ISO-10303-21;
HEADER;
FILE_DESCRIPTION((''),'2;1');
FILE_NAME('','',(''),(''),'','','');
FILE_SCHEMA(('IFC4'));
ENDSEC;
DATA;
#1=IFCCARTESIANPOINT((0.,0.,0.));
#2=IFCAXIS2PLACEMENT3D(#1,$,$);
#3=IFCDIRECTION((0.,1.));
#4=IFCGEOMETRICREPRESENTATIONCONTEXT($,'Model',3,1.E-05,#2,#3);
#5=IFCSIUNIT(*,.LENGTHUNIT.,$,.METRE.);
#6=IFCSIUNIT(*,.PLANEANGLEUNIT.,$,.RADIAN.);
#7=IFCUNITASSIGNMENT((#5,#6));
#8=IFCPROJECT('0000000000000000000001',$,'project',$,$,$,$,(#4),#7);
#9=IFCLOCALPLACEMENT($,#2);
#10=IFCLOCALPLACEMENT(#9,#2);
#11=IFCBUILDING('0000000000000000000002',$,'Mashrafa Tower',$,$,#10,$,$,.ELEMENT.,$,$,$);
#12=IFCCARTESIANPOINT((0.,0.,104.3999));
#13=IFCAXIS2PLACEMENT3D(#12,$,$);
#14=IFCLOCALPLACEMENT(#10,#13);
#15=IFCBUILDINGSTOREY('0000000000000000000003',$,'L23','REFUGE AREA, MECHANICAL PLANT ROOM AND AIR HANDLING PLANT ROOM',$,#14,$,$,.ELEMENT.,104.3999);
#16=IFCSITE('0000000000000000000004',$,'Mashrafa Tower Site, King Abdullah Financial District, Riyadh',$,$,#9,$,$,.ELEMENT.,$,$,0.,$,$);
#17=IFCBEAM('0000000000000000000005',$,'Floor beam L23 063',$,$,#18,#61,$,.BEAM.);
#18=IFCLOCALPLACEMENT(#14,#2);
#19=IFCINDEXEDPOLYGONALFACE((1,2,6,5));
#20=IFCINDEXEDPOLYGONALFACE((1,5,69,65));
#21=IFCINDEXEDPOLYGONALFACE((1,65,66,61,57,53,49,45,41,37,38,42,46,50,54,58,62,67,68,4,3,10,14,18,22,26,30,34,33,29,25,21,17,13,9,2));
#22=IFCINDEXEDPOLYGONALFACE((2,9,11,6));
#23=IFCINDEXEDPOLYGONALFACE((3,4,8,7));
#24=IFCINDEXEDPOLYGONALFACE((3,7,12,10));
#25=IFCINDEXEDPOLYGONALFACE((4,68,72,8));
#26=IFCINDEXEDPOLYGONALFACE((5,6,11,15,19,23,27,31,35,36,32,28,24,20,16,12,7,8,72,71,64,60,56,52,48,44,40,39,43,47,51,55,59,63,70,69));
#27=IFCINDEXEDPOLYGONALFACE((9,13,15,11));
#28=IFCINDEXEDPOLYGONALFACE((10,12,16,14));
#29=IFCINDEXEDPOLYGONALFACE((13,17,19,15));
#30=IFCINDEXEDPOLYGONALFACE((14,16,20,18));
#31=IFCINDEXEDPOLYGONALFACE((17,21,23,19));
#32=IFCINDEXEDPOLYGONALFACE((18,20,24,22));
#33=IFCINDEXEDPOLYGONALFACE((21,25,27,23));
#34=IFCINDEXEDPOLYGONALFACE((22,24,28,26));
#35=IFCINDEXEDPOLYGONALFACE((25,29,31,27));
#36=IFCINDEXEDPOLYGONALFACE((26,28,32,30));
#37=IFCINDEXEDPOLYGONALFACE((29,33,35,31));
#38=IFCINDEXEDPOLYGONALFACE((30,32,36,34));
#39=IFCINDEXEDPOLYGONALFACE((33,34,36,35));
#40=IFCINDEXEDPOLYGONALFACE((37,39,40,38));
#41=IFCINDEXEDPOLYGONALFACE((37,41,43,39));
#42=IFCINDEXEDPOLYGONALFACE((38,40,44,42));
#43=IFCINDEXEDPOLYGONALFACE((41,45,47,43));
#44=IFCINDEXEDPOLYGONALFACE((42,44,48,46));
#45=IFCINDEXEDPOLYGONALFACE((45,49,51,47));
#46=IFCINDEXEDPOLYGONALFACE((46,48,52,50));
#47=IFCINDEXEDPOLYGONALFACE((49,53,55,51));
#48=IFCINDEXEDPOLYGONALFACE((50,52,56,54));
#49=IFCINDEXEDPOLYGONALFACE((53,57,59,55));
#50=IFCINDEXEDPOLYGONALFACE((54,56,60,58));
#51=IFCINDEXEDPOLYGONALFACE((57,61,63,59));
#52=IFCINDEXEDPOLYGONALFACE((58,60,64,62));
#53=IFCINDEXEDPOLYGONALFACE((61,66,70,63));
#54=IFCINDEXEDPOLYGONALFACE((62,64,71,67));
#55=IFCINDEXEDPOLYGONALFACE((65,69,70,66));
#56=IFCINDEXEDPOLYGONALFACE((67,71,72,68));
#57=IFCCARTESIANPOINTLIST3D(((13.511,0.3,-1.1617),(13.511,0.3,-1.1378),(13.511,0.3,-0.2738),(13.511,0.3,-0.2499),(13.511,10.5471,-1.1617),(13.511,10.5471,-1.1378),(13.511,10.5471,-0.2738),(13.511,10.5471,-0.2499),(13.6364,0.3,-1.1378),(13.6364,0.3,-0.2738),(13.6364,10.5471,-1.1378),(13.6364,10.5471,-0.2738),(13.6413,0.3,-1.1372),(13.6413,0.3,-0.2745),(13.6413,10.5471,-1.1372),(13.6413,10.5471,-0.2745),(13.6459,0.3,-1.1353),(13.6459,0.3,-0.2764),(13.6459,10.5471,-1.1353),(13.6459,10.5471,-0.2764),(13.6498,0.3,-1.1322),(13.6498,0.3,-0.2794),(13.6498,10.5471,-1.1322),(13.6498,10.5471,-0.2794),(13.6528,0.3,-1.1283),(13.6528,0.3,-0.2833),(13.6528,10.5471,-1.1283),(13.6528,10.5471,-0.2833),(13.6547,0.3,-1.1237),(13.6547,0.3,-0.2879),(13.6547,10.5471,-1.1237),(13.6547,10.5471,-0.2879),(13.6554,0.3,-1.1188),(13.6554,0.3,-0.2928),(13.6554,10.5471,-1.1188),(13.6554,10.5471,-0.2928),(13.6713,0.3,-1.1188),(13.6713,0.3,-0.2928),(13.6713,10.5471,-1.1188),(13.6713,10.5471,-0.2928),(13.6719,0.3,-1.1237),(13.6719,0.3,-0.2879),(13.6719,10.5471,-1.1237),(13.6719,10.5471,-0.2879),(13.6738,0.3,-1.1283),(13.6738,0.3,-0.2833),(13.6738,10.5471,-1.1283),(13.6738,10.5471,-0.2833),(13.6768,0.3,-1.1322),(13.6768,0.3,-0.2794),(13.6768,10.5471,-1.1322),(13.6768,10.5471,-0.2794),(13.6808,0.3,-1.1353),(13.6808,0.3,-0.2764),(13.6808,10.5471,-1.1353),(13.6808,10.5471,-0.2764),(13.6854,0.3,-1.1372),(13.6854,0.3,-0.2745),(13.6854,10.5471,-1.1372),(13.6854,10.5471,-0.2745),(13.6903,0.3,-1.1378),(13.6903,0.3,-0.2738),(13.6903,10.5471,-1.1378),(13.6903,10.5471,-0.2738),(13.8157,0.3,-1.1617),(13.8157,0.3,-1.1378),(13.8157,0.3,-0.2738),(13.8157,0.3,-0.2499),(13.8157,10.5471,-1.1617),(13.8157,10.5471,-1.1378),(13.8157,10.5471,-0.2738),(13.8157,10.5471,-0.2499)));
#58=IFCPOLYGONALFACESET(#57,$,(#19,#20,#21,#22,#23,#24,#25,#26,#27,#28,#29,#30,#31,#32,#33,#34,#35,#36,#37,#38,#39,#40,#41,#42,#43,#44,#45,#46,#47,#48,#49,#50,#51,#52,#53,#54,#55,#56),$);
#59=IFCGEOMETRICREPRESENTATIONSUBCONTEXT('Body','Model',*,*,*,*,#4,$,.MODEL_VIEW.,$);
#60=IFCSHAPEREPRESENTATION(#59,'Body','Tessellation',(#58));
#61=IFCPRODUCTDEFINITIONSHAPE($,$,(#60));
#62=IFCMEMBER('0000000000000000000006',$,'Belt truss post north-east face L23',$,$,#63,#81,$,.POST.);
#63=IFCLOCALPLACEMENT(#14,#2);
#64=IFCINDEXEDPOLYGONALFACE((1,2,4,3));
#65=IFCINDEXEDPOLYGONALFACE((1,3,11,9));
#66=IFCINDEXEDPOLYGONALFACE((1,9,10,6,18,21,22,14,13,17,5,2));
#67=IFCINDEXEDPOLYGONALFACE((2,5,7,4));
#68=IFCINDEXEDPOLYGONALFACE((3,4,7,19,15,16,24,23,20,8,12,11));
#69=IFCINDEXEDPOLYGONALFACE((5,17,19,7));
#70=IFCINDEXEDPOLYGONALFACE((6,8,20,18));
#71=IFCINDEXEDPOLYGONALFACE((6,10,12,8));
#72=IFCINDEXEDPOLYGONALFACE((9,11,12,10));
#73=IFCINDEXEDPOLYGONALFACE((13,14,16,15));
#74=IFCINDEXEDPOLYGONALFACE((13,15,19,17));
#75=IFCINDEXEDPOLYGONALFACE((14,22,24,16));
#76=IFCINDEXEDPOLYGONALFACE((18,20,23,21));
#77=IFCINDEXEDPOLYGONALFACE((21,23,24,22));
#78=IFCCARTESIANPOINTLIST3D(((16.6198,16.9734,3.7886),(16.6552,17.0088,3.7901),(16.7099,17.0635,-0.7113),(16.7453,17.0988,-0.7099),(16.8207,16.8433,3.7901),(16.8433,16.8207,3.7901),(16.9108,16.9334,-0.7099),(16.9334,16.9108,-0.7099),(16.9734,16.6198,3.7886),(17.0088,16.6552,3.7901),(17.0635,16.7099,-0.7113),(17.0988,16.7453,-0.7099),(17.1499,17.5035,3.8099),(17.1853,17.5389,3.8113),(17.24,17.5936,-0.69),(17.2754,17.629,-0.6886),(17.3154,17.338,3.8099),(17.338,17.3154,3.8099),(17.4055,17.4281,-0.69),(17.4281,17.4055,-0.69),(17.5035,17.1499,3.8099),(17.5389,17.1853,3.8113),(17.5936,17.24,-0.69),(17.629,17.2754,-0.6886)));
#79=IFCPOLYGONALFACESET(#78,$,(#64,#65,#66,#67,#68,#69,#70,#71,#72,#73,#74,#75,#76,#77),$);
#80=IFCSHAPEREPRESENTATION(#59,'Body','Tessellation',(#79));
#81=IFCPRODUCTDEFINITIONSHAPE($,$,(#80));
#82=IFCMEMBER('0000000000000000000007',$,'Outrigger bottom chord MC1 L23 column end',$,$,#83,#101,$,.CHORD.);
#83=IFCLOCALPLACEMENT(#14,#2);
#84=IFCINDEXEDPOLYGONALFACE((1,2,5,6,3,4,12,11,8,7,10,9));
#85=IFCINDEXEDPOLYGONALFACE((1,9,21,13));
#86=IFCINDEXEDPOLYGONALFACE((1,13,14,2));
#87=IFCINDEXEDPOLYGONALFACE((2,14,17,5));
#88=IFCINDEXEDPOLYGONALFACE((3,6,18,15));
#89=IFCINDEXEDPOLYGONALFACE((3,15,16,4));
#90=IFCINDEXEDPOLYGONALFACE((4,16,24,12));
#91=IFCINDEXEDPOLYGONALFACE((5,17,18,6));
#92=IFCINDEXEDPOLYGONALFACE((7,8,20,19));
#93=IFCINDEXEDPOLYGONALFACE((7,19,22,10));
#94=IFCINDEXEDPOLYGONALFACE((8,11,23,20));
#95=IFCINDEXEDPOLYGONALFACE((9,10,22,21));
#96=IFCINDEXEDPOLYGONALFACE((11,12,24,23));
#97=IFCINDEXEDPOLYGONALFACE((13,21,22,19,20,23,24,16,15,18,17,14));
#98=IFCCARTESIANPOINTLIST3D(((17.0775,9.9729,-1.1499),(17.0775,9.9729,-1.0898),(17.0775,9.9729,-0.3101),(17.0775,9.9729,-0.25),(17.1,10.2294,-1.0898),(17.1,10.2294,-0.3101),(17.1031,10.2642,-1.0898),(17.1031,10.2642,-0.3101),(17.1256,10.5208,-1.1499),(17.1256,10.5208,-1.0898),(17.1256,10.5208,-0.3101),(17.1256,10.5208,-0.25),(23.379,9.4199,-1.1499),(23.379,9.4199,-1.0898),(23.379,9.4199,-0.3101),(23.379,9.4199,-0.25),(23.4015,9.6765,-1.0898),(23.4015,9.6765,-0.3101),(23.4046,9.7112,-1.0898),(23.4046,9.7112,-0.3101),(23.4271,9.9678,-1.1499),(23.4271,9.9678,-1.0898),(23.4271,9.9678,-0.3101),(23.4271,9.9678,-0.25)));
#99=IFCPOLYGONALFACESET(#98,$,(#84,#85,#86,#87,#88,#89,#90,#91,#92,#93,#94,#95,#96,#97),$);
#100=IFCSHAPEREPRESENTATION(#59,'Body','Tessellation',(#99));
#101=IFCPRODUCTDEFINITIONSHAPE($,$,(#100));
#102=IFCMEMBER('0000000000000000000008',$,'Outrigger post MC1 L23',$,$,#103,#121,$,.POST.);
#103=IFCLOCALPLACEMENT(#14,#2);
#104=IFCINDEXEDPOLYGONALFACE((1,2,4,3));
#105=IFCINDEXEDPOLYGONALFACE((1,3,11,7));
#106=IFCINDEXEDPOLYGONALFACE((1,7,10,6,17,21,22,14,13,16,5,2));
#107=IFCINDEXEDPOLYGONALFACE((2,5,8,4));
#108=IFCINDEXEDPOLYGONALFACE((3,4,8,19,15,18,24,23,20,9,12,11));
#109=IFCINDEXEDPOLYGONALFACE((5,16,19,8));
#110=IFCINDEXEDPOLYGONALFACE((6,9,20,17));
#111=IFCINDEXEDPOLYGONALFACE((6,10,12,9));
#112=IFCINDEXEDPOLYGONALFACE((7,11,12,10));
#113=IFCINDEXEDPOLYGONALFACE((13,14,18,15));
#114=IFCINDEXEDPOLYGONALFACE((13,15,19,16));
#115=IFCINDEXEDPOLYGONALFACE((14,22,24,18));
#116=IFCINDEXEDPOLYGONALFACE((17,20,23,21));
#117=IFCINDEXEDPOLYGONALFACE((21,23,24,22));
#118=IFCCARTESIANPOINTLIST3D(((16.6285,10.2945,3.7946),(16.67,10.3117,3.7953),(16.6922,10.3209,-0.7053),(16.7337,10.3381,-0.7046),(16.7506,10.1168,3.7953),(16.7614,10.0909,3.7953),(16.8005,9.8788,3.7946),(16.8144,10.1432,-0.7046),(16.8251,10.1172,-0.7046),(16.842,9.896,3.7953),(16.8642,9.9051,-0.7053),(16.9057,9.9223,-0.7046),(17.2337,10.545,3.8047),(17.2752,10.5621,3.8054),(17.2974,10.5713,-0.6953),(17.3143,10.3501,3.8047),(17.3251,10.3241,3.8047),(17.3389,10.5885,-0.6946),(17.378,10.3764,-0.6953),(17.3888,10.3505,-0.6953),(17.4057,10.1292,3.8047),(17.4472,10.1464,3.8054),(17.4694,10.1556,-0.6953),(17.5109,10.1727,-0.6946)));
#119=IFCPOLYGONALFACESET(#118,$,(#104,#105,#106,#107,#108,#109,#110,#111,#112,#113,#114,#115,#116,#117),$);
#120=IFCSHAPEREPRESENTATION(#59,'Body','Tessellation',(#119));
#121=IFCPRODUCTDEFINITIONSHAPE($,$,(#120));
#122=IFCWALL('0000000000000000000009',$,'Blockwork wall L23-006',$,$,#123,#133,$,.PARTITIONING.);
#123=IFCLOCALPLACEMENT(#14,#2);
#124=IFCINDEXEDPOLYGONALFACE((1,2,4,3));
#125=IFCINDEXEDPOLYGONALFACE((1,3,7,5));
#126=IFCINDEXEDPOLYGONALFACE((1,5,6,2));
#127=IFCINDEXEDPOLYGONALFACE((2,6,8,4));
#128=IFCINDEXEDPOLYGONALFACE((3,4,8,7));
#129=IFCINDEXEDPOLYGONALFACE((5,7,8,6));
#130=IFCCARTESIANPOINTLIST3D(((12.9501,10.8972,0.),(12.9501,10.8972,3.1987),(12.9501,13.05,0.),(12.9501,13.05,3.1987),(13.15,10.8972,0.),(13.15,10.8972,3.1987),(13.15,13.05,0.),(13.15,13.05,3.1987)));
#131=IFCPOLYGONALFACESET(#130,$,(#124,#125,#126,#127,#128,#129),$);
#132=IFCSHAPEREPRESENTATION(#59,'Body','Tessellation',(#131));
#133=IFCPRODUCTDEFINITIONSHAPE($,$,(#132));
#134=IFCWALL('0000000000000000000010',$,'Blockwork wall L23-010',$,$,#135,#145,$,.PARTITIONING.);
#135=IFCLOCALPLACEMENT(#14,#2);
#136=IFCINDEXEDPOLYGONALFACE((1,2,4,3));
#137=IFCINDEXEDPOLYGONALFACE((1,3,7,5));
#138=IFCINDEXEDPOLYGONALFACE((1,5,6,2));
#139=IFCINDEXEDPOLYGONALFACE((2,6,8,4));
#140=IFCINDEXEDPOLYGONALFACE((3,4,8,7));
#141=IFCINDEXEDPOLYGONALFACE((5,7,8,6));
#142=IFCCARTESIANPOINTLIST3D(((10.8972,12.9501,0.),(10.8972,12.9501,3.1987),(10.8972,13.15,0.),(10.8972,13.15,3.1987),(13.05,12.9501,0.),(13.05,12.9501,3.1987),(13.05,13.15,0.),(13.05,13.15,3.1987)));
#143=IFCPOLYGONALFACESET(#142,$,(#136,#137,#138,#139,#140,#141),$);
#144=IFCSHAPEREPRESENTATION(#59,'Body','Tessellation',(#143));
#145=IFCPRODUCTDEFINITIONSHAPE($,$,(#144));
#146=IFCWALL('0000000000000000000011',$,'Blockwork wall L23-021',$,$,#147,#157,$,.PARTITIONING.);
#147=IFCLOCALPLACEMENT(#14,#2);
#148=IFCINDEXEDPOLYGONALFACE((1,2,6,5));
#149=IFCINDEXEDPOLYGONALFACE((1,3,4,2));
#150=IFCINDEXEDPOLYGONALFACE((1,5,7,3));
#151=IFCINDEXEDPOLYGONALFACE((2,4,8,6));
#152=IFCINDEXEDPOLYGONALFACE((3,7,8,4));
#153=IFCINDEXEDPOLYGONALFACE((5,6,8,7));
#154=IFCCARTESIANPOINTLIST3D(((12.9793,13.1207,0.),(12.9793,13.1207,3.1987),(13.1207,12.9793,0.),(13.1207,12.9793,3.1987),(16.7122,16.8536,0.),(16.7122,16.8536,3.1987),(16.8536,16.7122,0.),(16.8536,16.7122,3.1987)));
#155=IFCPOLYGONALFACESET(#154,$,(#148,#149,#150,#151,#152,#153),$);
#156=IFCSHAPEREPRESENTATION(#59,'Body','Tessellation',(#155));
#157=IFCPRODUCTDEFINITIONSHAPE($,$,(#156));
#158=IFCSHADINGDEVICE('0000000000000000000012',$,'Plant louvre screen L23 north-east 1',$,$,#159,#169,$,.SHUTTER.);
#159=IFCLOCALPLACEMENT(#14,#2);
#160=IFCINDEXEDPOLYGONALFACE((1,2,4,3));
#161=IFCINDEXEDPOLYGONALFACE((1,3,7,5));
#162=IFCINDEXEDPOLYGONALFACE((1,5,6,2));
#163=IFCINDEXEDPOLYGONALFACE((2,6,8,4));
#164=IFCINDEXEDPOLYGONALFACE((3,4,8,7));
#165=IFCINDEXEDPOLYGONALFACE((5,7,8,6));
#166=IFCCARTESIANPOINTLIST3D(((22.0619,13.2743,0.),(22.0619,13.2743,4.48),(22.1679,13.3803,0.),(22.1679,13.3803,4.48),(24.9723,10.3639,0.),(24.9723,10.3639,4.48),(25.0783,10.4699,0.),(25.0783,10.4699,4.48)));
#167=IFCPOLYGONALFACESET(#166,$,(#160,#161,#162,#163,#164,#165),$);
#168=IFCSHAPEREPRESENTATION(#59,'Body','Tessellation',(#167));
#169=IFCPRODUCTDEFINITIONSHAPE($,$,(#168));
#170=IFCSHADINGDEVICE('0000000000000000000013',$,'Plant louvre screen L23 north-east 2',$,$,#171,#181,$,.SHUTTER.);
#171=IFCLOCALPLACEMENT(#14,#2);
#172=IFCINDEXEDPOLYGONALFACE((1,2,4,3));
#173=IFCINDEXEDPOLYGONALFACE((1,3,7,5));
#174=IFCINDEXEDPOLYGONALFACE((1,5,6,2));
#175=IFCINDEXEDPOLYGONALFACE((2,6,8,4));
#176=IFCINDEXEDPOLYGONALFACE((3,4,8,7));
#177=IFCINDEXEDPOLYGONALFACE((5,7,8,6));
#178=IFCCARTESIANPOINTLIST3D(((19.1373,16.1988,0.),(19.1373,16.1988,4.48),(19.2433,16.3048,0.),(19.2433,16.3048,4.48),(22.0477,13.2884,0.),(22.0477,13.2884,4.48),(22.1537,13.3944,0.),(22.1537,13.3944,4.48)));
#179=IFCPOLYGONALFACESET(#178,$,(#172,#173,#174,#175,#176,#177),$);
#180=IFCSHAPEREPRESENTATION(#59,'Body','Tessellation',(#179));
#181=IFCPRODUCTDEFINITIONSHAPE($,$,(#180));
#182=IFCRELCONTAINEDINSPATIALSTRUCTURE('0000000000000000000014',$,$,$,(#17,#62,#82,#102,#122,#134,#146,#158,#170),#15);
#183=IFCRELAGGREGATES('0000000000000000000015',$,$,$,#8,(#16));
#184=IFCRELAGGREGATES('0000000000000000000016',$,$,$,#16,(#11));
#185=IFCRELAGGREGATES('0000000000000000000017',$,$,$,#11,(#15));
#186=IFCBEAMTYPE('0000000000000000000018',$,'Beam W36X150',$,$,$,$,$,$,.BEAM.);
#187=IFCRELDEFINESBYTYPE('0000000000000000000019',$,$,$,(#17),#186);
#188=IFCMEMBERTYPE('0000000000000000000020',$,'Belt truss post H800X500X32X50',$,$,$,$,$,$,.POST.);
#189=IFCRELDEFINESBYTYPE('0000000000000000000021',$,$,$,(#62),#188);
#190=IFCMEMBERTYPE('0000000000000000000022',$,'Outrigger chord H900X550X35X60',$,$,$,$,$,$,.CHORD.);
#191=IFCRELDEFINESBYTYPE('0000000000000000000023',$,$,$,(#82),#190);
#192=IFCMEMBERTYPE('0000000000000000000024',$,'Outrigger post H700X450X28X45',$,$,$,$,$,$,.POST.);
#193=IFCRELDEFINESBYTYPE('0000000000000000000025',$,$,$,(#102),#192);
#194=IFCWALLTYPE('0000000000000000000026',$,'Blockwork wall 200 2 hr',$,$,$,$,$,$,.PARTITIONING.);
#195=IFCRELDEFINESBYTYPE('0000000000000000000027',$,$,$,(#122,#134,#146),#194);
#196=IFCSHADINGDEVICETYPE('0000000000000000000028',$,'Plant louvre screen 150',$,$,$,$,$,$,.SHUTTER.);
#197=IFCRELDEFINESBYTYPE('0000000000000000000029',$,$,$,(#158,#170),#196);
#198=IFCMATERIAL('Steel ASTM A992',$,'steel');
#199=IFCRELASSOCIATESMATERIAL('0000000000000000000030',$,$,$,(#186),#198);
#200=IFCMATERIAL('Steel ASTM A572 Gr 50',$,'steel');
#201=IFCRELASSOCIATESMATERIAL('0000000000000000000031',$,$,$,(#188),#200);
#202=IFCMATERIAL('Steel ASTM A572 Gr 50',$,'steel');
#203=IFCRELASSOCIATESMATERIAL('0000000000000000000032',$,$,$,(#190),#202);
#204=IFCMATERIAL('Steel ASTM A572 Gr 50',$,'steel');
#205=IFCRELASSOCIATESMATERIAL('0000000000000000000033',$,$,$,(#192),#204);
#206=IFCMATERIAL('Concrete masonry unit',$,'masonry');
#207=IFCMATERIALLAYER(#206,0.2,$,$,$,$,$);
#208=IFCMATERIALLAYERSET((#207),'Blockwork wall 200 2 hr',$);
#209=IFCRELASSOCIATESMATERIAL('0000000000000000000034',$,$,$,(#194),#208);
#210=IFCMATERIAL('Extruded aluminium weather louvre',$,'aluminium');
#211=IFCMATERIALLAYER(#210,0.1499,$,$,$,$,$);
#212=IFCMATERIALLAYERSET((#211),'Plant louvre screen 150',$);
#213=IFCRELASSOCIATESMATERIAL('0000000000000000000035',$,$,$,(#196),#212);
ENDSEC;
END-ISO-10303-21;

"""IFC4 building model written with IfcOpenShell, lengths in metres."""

from ifc_helpers import new_model, si_unit, direction, frame, frame_2d, origin, origin_2d, place, context, subcontext, project, spatial, rectangle, i_section, extrude, source, transform, mapped, material, layer, layer_set, material_profile, profile_set, type_object, type_shapes, element, save


model = new_model("IFC4")

# Units and contexts
model_context = context("Model", 3, precision=1e-05, world=origin(), true_north=direction((0.0, 1.0)))
body_context = subcontext(model_context, "Body", "Model", "MODEL_VIEW")
ifc_project = project(units=[si_unit("LENGTHUNIT", "METRE"), si_unit("PLANEANGLEUNIT", "RADIAN")], contexts=[model_context])

# Site, building, storey
site_placement = place(None, origin())
site = spatial("IfcSite", under=ifc_project, at=site_placement, Name="Mashrafa Tower Site, King Abdullah Financial District, Riyadh", CompositionType="ELEMENT", RefElevation=0.0)
building_placement = place(site_placement, origin())
building = spatial("IfcBuilding", under=site, at=building_placement, Name="Mashrafa Tower", CompositionType="ELEMENT")
storey_placement = place(building_placement, frame((0.0, 0.0, 104.3999)))
storey = spatial("IfcBuildingStorey", under=building, at=storey_placement, Name="L23", Description="REFUGE AREA, MECHANICAL PLANT ROOM AND AIR HANDLING PLANT ROOM", CompositionType="ELEMENT", Elevation=104.3999)

# Beam
ifc_material_1 = material(Name="Steel ASTM A992", Category="steel")
ifc_material_profile_1 = material_profile(ifc_material_1, i_section(OverallWidth=0.3047, OverallDepth=0.9119, WebThickness=0.0159, FlangeThickness=0.0239, FilletRadius=0.019, at=origin_2d()), Name="W36X150")
ifc_profile_set_1 = profile_set([ifc_material_profile_1], Name="Steel ASTM A992")
beam_type_1 = type_object("IfcBeamType", Name="Beam W36X150", PredefinedType="BEAM", material=ifc_profile_set_1)
beam_1_placement = place(storey_placement, frame((13.6633, 10.5471, -0.7058), z_axis=(0.0, -1.0, 0.0), x_axis=(1.0, 0.0, 0.0)))
element("IfcBeam", 1, at=beam_1_placement, inside=storey, type_object=beam_type_1, Name="Floor beam L23 063", PredefinedType="BEAM", context=body_context, shape_type="SweptSolid", body=[
    extrude(i_section(OverallWidth=0.3047, OverallDepth=0.9119, WebThickness=0.0159, FlangeThickness=0.0239, FilletRadius=0.019, at=origin_2d()), origin(), (0.0, 0.0, 1.0), 10.2471),
])

# Members
ifc_material_2 = material(Name="Steel ASTM A572 Gr 50", Category="steel")
ifc_material_profile_2 = material_profile(ifc_material_2, i_section(OverallWidth=0.5, OverallDepth=0.8, WebThickness=0.032, FlangeThickness=0.05, at=origin_2d()), Name="H800X500X32X50")
ifc_profile_set_2 = profile_set([ifc_material_profile_2], Name="Steel ASTM A572 Gr 50")
member_type_1 = type_object("IfcMemberType", Name="Belt truss post H800X500X32X50", PredefinedType="POST", material=ifc_profile_set_2)
shared_shape_1 = source(origin(), body_context, "Body", "SweptSolid", [
    extrude(i_section(OverallWidth=0.5, OverallDepth=0.8, WebThickness=0.032, FlangeThickness=0.05, at=origin_2d()), origin(), (0.0, 0.0, 1.0), 4.5017),
])
type_shapes(member_type_1, [shared_shape_1])
member_1_placement = place(storey_placement, frame((17.1694, 17.1694, -0.7), z_axis=(-0.020012, -0.020012, 0.999599), x_axis=(0.707107, -0.707107, 0.0)))
element("IfcMember", 2, at=member_1_placement, inside=storey, type_object=member_type_1, Name="Belt truss post north-east face L23", PredefinedType="POST", context=body_context, shape_type="MappedRepresentation", body=[
    mapped(shared_shape_1, transform((0.0, 0.0, 0.0))),
])
ifc_material_3 = material(Name="Steel ASTM A572 Gr 50", Category="steel")
ifc_material_profile_3 = material_profile(ifc_material_3, i_section(OverallWidth=0.55, OverallDepth=0.8999, WebThickness=0.0349, FlangeThickness=0.0601, at=origin_2d()), Name="H900X550X35X60")
ifc_profile_set_3 = profile_set([ifc_material_profile_3], Name="Steel ASTM A572 Gr 50")
member_type_2 = type_object("IfcMemberType", Name="Outrigger chord H900X550X35X60", PredefinedType="CHORD", material=ifc_profile_set_3)
shared_shape_2 = source(origin(), body_context, "Body", "SweptSolid", [
    extrude(i_section(OverallWidth=0.55, OverallDepth=0.8999, WebThickness=0.0349, FlangeThickness=0.0601, at=origin_2d()), origin(), (0.0, 0.0, 1.0), 6.3257),
])
type_shapes(member_type_2, [shared_shape_2])
member_2_placement = place(storey_placement, frame((17.1016, 10.2468, -0.7), z_axis=(0.996172, -0.087417, 0.0), x_axis=(0.087417, 0.996172, 0.0)))
element("IfcMember", 3, at=member_2_placement, inside=storey, type_object=member_type_2, Name="Outrigger bottom chord MC1 L23 column end", PredefinedType="CHORD", context=body_context, shape_type="MappedRepresentation", body=[
    mapped(shared_shape_2, transform((0.0, 0.0, 0.0))),
])
ifc_material_4 = material(Name="Steel ASTM A572 Gr 50", Category="steel")
ifc_material_profile_4 = material_profile(ifc_material_4, i_section(OverallWidth=0.45, OverallDepth=0.7, WebThickness=0.0281, FlangeThickness=0.0449, at=origin_2d()), Name="H700X450X28X45")
ifc_profile_set_4 = profile_set([ifc_material_profile_4], Name="Steel ASTM A572 Gr 50")
member_type_3 = type_object("IfcMemberType", Name="Outrigger post H700X450X28X45", PredefinedType="POST", material=ifc_profile_set_4)
shared_shape_3 = source(origin(), body_context, "Body", "SweptSolid", [
    extrude(i_section(OverallWidth=0.45, OverallDepth=0.7, WebThickness=0.0281, FlangeThickness=0.0449, at=origin_2d()), origin(), (0.0, 0.0, 1.0), 4.5005),
])
type_shapes(member_type_3, [shared_shape_3])
member_3_placement = place(storey_placement, frame((17.1016, 10.2468, -0.7), z_axis=(-0.014158, -0.005859, 0.999883), x_axis=(0.382352, -0.924017, 0.0)))
element("IfcMember", 4, at=member_3_placement, inside=storey, type_object=member_type_3, Name="Outrigger post MC1 L23", PredefinedType="POST", context=body_context, shape_type="MappedRepresentation", body=[
    mapped(shared_shape_3, transform((0.0, 0.0, 0.0))),
])

# Walls
ifc_material_5 = material(Name="Concrete masonry unit", Category="masonry")
ifc_layer_1 = layer(ifc_material_5, 0.2)
ifc_layer_set_1 = layer_set([ifc_layer_1], Name="Blockwork wall 200 2 hr")
wall_type = type_object("IfcWallType", Name="Blockwork wall 200 2 hr", PredefinedType="PARTITIONING", material=ifc_layer_set_1)
for number, where, z_axis, x_axis, name in (
    (5, (13.05, 10.8972, 0.0), (0.0, 0.0, 1.0), (0.0, 1.0, 0.0), "Blockwork wall L23-006"),
    (6, (13.05, 13.05, 0.0), (0.0, 0.0, 1.0), (-1.0, 0.0, 0.0), "Blockwork wall L23-010"),
):
    element("IfcWall", number, at=place(storey_placement, frame(where, z_axis=z_axis, x_axis=x_axis)), inside=storey, type_object=wall_type, Name=name, PredefinedType="PARTITIONING", context=body_context, shape_type="SweptSolid", body=[
        extrude(rectangle(XDim=2.1528, YDim=0.2, at=frame_2d((1.0764, 0.0))), origin(), (0.0, 0.0, 1.0), 3.1987),
    ])
wall_placement = place(storey_placement, frame((16.783, 16.783, 0.0), z_axis=(0.0, 0.0, 1.0), x_axis=(-0.707107, -0.707107, 0.0)))
element("IfcWall", 7, at=wall_placement, inside=storey, type_object=wall_type, Name="Blockwork wall L23-021", PredefinedType="PARTITIONING", context=body_context, shape_type="SweptSolid", body=[
    extrude(rectangle(XDim=5.2791, YDim=0.2, at=frame_2d((2.6396, 0.0))), origin(), (0.0, 0.0, 1.0), 3.1987),
])

# Shading devices
ifc_material_6 = material(Name="Extruded aluminium weather louvre", Category="aluminium")
ifc_layer_2 = layer(ifc_material_6, 0.1499)
ifc_layer_set_2 = layer_set([ifc_layer_2], Name="Plant louvre screen 150")
shading_device_type = type_object("IfcShadingDeviceType", Name="Plant louvre screen 150", PredefinedType="SHUTTER", material=ifc_layer_set_2)
shared_shape_4 = source(origin(), body_context, "Body", "SweptSolid", [
    extrude(rectangle(XDim=4.116, YDim=0.1499, at=origin_2d()), origin(), (0.0, 0.0, 1.0), 4.48),
])
type_shapes(shading_device_type, [shared_shape_4])
for number, where, z_axis, x_axis, name in (
    (8, (23.5701, 11.8721, 0.0), (0.0, 0.0, 1.0), (-0.707107, 0.707107, 0.0), "Plant louvre screen L23 north-east 1"),
    (9, (20.6455, 14.7966, 0.0), (0.0, 0.0, 1.0), (-0.707107, 0.707107, 0.0), "Plant louvre screen L23 north-east 2"),
):
    element("IfcShadingDevice", number, at=place(storey_placement, frame(where, z_axis=z_axis, x_axis=x_axis)), inside=storey, type_object=shading_device_type, Name=name, PredefinedType="SHUTTER", context=body_context, shape_type="MappedRepresentation", body=[
        mapped(shared_shape_4, transform((0.0, 0.0, 0.0))),
    ])

save(model, "model.ifc")
